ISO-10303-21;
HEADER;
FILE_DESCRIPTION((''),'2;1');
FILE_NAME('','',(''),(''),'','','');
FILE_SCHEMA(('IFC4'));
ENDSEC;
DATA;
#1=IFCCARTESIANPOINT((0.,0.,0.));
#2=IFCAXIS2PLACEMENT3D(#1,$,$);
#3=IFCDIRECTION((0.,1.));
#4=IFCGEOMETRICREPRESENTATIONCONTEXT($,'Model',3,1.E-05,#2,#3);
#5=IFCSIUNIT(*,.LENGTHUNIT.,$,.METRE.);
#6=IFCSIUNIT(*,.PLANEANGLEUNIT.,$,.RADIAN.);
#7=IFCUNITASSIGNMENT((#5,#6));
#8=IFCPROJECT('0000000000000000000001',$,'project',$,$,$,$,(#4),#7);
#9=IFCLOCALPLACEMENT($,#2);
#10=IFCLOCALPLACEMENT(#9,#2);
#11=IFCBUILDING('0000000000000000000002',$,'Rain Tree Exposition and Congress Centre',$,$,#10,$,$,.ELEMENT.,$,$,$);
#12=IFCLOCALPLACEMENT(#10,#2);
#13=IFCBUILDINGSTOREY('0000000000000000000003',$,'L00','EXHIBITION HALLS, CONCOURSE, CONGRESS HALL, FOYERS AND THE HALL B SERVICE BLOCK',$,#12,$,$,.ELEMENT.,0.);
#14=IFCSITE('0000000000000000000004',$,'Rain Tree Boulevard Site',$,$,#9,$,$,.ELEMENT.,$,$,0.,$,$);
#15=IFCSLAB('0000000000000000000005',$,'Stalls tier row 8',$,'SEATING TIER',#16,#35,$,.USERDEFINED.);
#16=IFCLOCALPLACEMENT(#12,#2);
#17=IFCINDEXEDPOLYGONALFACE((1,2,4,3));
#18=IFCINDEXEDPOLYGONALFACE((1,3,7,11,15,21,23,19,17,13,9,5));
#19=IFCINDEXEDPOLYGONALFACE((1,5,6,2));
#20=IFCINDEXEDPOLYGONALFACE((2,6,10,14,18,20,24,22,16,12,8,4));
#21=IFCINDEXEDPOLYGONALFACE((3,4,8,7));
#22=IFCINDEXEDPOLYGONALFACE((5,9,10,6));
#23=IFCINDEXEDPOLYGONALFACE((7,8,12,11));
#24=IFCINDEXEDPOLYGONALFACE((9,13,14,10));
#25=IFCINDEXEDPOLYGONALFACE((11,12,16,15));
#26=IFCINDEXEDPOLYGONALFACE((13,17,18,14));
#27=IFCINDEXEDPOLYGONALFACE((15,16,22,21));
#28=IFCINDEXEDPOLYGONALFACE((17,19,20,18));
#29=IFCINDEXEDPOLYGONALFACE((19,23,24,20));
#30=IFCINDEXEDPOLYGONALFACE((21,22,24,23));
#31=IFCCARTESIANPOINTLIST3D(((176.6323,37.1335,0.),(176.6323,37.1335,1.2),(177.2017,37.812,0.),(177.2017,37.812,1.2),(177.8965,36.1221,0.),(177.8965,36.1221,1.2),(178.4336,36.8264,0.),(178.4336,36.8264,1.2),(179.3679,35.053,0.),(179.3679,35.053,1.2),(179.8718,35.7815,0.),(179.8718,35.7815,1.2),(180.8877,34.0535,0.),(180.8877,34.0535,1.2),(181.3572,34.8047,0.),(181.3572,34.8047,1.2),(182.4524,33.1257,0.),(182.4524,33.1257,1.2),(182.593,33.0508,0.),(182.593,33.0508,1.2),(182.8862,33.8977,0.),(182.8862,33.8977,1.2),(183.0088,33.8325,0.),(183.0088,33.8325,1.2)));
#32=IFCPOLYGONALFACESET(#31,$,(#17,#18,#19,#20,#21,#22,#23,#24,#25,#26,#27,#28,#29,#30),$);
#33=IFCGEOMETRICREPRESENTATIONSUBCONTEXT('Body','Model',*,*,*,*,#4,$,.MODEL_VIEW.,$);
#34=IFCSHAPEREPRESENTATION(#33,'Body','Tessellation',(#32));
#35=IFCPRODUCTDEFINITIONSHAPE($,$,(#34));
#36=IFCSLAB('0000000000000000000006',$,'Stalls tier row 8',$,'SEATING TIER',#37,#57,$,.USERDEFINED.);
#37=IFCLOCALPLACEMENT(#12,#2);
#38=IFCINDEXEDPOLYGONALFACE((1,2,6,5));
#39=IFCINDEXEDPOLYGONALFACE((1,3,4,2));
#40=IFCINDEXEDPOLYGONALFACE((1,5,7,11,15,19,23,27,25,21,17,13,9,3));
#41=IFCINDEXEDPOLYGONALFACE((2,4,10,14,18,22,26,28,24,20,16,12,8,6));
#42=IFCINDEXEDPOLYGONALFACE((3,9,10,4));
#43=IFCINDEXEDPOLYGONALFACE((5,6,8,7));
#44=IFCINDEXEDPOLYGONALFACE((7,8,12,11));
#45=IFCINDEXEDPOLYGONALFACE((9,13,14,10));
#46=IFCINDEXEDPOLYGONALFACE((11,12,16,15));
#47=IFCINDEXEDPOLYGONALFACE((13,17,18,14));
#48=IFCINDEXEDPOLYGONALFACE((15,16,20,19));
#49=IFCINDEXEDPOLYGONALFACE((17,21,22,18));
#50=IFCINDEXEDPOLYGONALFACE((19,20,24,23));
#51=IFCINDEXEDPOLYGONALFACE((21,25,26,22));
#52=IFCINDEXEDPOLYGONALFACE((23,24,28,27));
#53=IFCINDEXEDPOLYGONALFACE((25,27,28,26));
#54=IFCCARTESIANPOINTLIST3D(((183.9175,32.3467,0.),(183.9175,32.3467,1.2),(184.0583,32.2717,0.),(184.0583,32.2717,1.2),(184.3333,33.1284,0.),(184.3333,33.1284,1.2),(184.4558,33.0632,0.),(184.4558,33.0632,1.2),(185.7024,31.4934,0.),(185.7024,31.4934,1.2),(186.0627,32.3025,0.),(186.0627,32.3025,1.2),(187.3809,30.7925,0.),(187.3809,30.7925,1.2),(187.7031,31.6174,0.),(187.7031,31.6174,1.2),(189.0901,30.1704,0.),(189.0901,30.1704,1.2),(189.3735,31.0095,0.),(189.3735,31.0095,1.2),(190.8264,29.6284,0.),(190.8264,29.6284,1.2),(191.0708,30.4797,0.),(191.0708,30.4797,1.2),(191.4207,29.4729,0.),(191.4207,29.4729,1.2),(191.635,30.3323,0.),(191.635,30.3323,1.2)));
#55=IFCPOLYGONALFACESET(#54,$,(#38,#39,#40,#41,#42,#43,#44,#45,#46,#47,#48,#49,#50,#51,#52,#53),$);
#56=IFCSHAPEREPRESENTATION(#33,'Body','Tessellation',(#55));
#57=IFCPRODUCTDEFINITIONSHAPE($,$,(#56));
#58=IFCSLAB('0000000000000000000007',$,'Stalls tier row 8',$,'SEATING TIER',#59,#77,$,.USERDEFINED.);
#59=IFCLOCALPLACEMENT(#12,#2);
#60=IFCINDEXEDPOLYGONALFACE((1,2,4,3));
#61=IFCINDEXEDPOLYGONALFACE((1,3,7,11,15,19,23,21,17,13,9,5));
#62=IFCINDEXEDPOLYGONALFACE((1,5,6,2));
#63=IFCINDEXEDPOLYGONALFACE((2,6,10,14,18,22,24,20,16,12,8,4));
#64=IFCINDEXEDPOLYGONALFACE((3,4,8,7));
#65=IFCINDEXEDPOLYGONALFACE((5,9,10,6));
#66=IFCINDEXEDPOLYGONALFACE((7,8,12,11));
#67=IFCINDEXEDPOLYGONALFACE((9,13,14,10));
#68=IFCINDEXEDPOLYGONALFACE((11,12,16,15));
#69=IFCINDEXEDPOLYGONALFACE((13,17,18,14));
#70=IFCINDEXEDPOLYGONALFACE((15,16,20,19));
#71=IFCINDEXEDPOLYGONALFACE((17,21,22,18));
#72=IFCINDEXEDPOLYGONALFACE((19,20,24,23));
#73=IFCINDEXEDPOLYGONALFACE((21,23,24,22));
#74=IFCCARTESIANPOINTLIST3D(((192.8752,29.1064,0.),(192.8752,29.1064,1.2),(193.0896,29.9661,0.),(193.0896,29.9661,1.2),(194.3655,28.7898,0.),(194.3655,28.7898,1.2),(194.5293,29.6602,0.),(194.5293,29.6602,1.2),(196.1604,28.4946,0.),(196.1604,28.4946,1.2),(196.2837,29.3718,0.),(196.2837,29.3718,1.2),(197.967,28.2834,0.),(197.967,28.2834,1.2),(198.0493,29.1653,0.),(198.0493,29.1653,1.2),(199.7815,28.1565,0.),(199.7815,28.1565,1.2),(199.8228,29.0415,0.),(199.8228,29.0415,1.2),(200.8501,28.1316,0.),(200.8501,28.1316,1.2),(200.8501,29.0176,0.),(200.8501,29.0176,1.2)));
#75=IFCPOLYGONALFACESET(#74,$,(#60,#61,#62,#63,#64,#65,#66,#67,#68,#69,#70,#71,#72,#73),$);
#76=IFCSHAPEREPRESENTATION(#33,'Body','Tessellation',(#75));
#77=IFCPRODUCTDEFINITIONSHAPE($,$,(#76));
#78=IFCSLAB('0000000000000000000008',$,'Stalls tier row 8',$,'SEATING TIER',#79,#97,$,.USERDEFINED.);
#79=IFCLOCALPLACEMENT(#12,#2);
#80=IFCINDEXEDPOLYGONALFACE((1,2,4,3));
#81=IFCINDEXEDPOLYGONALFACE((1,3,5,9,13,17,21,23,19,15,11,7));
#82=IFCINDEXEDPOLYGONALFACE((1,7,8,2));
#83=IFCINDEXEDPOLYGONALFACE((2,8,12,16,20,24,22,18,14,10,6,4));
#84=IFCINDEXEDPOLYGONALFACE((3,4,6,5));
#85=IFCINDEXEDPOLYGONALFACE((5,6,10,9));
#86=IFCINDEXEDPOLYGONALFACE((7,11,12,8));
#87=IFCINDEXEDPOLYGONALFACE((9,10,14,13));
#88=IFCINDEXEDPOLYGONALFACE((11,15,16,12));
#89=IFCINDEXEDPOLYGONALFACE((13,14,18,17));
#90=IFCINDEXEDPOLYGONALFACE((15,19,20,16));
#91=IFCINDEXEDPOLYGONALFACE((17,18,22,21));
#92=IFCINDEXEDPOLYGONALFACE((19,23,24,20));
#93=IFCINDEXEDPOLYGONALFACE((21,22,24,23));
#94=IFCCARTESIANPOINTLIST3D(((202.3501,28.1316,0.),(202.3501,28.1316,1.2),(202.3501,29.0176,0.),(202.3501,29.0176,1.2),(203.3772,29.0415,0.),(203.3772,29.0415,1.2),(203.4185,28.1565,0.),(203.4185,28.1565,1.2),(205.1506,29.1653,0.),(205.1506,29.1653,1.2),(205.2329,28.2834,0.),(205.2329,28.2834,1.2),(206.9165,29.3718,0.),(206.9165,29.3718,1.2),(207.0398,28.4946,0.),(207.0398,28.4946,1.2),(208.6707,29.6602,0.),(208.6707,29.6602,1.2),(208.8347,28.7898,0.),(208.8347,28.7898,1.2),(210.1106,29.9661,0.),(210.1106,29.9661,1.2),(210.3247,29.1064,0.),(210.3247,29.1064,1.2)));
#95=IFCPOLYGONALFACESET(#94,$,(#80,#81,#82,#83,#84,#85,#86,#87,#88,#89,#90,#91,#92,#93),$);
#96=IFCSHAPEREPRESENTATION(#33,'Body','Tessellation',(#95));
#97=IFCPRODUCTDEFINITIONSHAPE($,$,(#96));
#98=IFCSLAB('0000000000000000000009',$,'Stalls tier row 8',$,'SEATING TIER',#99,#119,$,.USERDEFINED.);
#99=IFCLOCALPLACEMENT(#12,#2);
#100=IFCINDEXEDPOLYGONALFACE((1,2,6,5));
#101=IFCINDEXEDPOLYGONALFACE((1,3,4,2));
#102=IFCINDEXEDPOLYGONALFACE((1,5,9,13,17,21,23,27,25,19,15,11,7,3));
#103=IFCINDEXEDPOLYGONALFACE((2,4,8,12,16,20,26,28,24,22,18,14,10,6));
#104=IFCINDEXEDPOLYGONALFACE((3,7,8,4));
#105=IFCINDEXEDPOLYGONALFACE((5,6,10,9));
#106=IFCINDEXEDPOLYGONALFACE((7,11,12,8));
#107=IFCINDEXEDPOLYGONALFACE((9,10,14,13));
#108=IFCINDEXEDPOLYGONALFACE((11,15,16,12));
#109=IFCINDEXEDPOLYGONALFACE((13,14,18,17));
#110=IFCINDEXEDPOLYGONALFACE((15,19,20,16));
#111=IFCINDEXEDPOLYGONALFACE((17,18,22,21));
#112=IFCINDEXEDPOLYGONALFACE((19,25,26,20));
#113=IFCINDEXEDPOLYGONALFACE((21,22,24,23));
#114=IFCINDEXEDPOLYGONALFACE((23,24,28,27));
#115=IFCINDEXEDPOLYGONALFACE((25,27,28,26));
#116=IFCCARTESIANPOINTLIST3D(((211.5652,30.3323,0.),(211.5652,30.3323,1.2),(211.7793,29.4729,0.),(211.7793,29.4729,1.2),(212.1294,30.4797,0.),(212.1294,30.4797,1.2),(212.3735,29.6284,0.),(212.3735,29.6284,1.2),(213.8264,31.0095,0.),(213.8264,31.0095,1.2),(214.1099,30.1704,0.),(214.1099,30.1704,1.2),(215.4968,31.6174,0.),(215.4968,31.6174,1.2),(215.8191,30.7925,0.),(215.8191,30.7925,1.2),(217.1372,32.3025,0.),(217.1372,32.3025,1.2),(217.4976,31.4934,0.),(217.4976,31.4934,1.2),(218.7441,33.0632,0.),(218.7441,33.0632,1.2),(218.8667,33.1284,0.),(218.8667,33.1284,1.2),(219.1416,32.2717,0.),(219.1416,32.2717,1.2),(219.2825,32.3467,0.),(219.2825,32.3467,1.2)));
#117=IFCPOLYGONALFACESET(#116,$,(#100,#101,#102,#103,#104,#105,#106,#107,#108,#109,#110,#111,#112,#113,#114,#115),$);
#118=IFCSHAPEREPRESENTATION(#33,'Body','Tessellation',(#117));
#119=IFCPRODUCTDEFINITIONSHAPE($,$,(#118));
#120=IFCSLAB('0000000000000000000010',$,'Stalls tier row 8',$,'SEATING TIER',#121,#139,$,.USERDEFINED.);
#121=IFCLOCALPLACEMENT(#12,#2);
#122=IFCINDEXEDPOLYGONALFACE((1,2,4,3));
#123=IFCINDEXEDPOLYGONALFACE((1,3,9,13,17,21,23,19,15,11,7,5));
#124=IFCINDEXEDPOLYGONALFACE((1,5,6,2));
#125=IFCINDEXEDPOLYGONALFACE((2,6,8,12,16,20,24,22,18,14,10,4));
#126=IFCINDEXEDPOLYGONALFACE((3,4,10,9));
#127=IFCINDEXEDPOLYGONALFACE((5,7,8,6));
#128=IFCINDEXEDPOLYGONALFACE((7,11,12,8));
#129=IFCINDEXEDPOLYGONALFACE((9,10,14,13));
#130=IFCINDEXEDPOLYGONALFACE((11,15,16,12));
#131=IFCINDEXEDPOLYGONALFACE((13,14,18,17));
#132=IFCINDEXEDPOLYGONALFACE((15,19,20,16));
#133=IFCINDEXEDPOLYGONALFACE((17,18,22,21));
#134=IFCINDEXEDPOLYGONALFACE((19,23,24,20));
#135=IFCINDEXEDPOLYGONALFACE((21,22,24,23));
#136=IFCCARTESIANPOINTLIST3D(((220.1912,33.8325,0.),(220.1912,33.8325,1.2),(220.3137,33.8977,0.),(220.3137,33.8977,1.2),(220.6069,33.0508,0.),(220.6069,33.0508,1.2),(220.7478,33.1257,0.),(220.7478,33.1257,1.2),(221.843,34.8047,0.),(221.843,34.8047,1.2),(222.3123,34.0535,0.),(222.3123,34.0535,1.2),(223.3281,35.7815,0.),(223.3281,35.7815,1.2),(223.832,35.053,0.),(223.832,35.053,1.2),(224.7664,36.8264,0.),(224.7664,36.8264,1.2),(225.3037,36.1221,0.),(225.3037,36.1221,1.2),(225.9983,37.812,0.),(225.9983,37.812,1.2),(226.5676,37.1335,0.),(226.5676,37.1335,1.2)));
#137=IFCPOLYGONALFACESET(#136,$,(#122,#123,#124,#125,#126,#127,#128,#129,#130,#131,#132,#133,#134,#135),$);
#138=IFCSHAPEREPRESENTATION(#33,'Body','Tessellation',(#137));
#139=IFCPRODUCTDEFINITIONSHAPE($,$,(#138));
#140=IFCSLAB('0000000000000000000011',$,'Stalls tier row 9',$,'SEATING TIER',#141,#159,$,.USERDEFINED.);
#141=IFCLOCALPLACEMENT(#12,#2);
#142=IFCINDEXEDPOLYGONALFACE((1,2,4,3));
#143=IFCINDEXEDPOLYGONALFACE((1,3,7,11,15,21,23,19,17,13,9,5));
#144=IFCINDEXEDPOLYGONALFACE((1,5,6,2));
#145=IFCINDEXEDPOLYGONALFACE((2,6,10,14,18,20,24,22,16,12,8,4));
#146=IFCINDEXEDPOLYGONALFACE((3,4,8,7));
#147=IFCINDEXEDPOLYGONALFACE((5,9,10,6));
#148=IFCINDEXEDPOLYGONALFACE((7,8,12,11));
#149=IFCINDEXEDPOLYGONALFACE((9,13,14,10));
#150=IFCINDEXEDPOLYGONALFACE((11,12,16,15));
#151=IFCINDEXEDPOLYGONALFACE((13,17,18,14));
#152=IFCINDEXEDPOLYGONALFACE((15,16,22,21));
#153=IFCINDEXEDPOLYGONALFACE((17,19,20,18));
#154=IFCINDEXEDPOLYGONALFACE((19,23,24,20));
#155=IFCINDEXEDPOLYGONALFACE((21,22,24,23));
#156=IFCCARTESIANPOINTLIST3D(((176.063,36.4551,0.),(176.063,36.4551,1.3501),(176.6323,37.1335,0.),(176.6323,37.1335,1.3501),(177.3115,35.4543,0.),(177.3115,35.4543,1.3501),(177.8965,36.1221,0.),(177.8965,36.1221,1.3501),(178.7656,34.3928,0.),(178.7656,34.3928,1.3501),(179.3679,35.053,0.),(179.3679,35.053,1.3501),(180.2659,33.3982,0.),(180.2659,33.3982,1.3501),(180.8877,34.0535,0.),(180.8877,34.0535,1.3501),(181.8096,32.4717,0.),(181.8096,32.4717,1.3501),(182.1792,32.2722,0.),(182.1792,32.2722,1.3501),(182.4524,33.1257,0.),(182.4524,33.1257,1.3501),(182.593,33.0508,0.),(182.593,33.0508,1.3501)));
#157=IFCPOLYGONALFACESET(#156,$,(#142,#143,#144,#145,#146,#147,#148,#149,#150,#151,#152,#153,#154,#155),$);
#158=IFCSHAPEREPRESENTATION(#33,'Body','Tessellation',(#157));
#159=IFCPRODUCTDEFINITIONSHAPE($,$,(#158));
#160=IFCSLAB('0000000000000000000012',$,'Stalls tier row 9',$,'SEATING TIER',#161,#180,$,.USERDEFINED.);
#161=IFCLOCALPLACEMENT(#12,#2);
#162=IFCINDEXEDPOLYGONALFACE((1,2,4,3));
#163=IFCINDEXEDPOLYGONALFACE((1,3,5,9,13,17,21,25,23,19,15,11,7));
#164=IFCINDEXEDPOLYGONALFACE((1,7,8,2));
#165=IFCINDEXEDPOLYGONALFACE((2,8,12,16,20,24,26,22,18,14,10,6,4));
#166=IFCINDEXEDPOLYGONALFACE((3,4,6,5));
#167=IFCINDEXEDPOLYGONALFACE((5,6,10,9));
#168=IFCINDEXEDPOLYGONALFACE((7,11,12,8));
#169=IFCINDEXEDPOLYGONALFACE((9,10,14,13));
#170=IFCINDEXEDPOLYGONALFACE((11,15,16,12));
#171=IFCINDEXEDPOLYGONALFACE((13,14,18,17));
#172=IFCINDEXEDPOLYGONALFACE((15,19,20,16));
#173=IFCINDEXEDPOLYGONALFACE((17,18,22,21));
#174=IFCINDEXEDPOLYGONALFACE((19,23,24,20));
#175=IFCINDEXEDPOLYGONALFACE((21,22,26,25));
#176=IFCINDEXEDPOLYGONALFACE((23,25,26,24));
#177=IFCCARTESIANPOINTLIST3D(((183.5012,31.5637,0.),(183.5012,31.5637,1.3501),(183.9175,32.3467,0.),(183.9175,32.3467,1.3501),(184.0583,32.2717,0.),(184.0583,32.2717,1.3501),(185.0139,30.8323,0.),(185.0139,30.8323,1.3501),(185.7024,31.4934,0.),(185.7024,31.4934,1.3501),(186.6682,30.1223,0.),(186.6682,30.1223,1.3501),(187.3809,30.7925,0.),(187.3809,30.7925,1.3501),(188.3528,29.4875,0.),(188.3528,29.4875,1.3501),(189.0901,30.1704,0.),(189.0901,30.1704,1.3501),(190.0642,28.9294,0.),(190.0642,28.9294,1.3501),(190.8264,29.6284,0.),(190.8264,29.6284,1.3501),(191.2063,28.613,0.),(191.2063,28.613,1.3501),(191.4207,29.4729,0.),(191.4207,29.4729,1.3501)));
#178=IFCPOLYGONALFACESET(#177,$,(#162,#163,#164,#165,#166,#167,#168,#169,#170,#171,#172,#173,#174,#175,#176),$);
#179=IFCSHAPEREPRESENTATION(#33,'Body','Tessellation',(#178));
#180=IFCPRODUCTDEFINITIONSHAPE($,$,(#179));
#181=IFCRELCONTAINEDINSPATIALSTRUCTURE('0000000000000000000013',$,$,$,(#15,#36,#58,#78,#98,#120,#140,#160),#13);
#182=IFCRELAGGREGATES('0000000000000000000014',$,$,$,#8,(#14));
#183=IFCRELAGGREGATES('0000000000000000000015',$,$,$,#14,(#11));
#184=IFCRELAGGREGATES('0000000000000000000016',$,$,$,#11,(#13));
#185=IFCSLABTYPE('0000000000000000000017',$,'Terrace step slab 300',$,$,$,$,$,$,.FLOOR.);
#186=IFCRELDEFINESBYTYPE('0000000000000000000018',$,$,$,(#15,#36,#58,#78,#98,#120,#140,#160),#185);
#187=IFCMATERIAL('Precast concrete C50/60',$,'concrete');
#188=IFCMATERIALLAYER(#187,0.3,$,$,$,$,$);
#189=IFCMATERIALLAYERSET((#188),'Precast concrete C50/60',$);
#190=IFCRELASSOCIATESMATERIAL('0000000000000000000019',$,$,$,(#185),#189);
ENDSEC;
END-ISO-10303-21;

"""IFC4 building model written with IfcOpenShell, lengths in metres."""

from ifc_helpers import new_model, si_unit, direction, origin, place, context, subcontext, project, spatial, polyline, outline, extrude, material, layer, layer_set, type_object, element, save


model = new_model("IFC4")

# Units and contexts
model_context = context("Model", 3, precision=1e-05, world=origin(), true_north=direction((0.0, 1.0)))
body_context = subcontext(model_context, "Body", "Model", "MODEL_VIEW")
ifc_project = project(units=[si_unit("LENGTHUNIT", "METRE"), si_unit("PLANEANGLEUNIT", "RADIAN")], contexts=[model_context])

# Site, building, storey
site_placement = place(None, origin())
site = spatial("IfcSite", under=ifc_project, at=site_placement, Name="Rain Tree Boulevard Site", CompositionType="ELEMENT", RefElevation=0.0)
building_placement = place(site_placement, origin())
building = spatial("IfcBuilding", under=site, at=building_placement, Name="Rain Tree Exposition and Congress Centre", CompositionType="ELEMENT")
storey_placement = place(building_placement, origin())
storey = spatial("IfcBuildingStorey", under=building, at=storey_placement, Name="L00", Description="EXHIBITION HALLS, CONCOURSE, CONGRESS HALL, FOYERS AND THE HALL B SERVICE BLOCK", CompositionType="ELEMENT", Elevation=0.0)

# Slabs
ifc_material = material(Name="Precast concrete C50/60", Category="concrete")
ifc_layer = layer(ifc_material, 0.3)
ifc_layer_set = layer_set([ifc_layer], Name="Precast concrete C50/60")
slab_type = type_object("IfcSlabType", Name="Terrace step slab 300", PredefinedType="FLOOR", material=ifc_layer_set)
slab_1_placement = place(storey_placement, origin())
element("IfcSlab", 1, at=slab_1_placement, inside=storey, type_object=slab_type, Name="Stalls tier row 8", ObjectType="SEATING TIER", PredefinedType="USERDEFINED", context=body_context, shape_type="SweptSolid", body=[
    extrude(outline(polyline([(182.4524, 33.1257), (182.593, 33.0508), (183.0088, 33.8325), (182.8862, 33.8977), (181.3572, 34.8047), (179.8718, 35.7815), (178.4336, 36.8264), (177.2017, 37.812), (176.6323, 37.1335), (177.8965, 36.1221), (179.3679, 35.053), (180.8877, 34.0535), (182.4524, 33.1257)])), origin(), (0.0, 0.0, 1.0), 1.2),
])
slab_2_placement = place(storey_placement, origin())
element("IfcSlab", 2, at=slab_2_placement, inside=storey, type_object=slab_type, Name="Stalls tier row 8", ObjectType="SEATING TIER", PredefinedType="USERDEFINED", context=body_context, shape_type="SweptSolid", body=[
    extrude(outline(polyline([(190.8264, 29.6284), (191.4207, 29.4729), (191.635, 30.3323), (191.0708, 30.4797), (189.3735, 31.0095), (187.7031, 31.6174), (186.0627, 32.3025), (184.4558, 33.0632), (184.3333, 33.1284), (183.9175, 32.3467), (184.0583, 32.2717), (185.7024, 31.4934), (187.3809, 30.7925), (189.0901, 30.1704), (190.8264, 29.6284)])), origin(), (0.0, 0.0, 1.0), 1.2),
])
slab_3_placement = place(storey_placement, origin())
element("IfcSlab", 3, at=slab_3_placement, inside=storey, type_object=slab_type, Name="Stalls tier row 8", ObjectType="SEATING TIER", PredefinedType="USERDEFINED", context=body_context, shape_type="SweptSolid", body=[
    extrude(outline(polyline([(199.7815, 28.1565), (200.8501, 28.1316), (200.8501, 29.0176), (199.8228, 29.0415), (198.0493, 29.1653), (196.2837, 29.3718), (194.5293, 29.6602), (193.0896, 29.9661), (192.8752, 29.1064), (194.3655, 28.7898), (196.1604, 28.4946), (197.967, 28.2834), (199.7815, 28.1565)])), origin(), (0.0, 0.0, 1.0), 1.2),
])
slab_4_placement = place(storey_placement, origin())
element("IfcSlab", 4, at=slab_4_placement, inside=storey, type_object=slab_type, Name="Stalls tier row 8", ObjectType="SEATING TIER", PredefinedType="USERDEFINED", context=body_context, shape_type="SweptSolid", body=[
    extrude(outline(polyline([(208.8347, 28.7898), (210.3247, 29.1064), (210.1106, 29.9661), (208.6707, 29.6602), (206.9165, 29.3718), (205.1506, 29.1653), (203.3772, 29.0415), (202.3501, 29.0176), (202.3501, 28.1316), (203.4185, 28.1565), (205.2329, 28.2834), (207.0398, 28.4946), (208.8347, 28.7898)])), origin(), (0.0, 0.0, 1.0), 1.2),
])
slab_5_placement = place(storey_placement, origin())
element("IfcSlab", 5, at=slab_5_placement, inside=storey, type_object=slab_type, Name="Stalls tier row 8", ObjectType="SEATING TIER", PredefinedType="USERDEFINED", context=body_context, shape_type="SweptSolid", body=[
    extrude(outline(polyline([(219.1416, 32.2717), (219.2825, 32.3467), (218.8667, 33.1284), (218.7441, 33.0632), (217.1372, 32.3025), (215.4968, 31.6174), (213.8264, 31.0095), (212.1294, 30.4797), (211.5652, 30.3323), (211.7793, 29.4729), (212.3735, 29.6284), (214.1099, 30.1704), (215.8191, 30.7925), (217.4976, 31.4934), (219.1416, 32.2717)])), origin(), (0.0, 0.0, 1.0), 1.2),
])
slab_6_placement = place(storey_placement, origin())
element("IfcSlab", 6, at=slab_6_placement, inside=storey, type_object=slab_type, Name="Stalls tier row 8", ObjectType="SEATING TIER", PredefinedType="USERDEFINED", context=body_context, shape_type="SweptSolid", body=[
    extrude(outline(polyline([(223.832, 35.053), (225.3037, 36.1221), (226.5676, 37.1335), (225.9983, 37.812), (224.7664, 36.8264), (223.3281, 35.7815), (221.843, 34.8047), (220.3137, 33.8977), (220.1912, 33.8325), (220.6069, 33.0508), (220.7478, 33.1257), (222.3123, 34.0535), (223.832, 35.053)])), origin(), (0.0, 0.0, 1.0), 1.2),
])
slab_7_placement = place(storey_placement, origin())
element("IfcSlab", 7, at=slab_7_placement, inside=storey, type_object=slab_type, Name="Stalls tier row 9", ObjectType="SEATING TIER", PredefinedType="USERDEFINED", context=body_context, shape_type="SweptSolid", body=[
    extrude(outline(polyline([(181.8096, 32.4717), (182.1792, 32.2722), (182.593, 33.0508), (182.4524, 33.1257), (180.8877, 34.0535), (179.3679, 35.053), (177.8965, 36.1221), (176.6323, 37.1335), (176.063, 36.4551), (177.3115, 35.4543), (178.7656, 34.3928), (180.2659, 33.3982), (181.8096, 32.4717)])), origin(), (0.0, 0.0, 1.0), 1.3501),
])
slab_8_placement = place(storey_placement, origin())
element("IfcSlab", 8, at=slab_8_placement, inside=storey, type_object=slab_type, Name="Stalls tier row 9", ObjectType="SEATING TIER", PredefinedType="USERDEFINED", context=body_context, shape_type="SweptSolid", body=[
    extrude(outline(polyline([(190.0642, 28.9294), (191.2063, 28.613), (191.4207, 29.4729), (190.8264, 29.6284), (189.0901, 30.1704), (187.3809, 30.7925), (185.7024, 31.4934), (184.0583, 32.2717), (183.9175, 32.3467), (183.5012, 31.5637), (185.0139, 30.8323), (186.6682, 30.1223), (188.3528, 29.4875), (190.0642, 28.9294)])), origin(), (0.0, 0.0, 1.0), 1.3501),
])

save(model, "model.ifc")
